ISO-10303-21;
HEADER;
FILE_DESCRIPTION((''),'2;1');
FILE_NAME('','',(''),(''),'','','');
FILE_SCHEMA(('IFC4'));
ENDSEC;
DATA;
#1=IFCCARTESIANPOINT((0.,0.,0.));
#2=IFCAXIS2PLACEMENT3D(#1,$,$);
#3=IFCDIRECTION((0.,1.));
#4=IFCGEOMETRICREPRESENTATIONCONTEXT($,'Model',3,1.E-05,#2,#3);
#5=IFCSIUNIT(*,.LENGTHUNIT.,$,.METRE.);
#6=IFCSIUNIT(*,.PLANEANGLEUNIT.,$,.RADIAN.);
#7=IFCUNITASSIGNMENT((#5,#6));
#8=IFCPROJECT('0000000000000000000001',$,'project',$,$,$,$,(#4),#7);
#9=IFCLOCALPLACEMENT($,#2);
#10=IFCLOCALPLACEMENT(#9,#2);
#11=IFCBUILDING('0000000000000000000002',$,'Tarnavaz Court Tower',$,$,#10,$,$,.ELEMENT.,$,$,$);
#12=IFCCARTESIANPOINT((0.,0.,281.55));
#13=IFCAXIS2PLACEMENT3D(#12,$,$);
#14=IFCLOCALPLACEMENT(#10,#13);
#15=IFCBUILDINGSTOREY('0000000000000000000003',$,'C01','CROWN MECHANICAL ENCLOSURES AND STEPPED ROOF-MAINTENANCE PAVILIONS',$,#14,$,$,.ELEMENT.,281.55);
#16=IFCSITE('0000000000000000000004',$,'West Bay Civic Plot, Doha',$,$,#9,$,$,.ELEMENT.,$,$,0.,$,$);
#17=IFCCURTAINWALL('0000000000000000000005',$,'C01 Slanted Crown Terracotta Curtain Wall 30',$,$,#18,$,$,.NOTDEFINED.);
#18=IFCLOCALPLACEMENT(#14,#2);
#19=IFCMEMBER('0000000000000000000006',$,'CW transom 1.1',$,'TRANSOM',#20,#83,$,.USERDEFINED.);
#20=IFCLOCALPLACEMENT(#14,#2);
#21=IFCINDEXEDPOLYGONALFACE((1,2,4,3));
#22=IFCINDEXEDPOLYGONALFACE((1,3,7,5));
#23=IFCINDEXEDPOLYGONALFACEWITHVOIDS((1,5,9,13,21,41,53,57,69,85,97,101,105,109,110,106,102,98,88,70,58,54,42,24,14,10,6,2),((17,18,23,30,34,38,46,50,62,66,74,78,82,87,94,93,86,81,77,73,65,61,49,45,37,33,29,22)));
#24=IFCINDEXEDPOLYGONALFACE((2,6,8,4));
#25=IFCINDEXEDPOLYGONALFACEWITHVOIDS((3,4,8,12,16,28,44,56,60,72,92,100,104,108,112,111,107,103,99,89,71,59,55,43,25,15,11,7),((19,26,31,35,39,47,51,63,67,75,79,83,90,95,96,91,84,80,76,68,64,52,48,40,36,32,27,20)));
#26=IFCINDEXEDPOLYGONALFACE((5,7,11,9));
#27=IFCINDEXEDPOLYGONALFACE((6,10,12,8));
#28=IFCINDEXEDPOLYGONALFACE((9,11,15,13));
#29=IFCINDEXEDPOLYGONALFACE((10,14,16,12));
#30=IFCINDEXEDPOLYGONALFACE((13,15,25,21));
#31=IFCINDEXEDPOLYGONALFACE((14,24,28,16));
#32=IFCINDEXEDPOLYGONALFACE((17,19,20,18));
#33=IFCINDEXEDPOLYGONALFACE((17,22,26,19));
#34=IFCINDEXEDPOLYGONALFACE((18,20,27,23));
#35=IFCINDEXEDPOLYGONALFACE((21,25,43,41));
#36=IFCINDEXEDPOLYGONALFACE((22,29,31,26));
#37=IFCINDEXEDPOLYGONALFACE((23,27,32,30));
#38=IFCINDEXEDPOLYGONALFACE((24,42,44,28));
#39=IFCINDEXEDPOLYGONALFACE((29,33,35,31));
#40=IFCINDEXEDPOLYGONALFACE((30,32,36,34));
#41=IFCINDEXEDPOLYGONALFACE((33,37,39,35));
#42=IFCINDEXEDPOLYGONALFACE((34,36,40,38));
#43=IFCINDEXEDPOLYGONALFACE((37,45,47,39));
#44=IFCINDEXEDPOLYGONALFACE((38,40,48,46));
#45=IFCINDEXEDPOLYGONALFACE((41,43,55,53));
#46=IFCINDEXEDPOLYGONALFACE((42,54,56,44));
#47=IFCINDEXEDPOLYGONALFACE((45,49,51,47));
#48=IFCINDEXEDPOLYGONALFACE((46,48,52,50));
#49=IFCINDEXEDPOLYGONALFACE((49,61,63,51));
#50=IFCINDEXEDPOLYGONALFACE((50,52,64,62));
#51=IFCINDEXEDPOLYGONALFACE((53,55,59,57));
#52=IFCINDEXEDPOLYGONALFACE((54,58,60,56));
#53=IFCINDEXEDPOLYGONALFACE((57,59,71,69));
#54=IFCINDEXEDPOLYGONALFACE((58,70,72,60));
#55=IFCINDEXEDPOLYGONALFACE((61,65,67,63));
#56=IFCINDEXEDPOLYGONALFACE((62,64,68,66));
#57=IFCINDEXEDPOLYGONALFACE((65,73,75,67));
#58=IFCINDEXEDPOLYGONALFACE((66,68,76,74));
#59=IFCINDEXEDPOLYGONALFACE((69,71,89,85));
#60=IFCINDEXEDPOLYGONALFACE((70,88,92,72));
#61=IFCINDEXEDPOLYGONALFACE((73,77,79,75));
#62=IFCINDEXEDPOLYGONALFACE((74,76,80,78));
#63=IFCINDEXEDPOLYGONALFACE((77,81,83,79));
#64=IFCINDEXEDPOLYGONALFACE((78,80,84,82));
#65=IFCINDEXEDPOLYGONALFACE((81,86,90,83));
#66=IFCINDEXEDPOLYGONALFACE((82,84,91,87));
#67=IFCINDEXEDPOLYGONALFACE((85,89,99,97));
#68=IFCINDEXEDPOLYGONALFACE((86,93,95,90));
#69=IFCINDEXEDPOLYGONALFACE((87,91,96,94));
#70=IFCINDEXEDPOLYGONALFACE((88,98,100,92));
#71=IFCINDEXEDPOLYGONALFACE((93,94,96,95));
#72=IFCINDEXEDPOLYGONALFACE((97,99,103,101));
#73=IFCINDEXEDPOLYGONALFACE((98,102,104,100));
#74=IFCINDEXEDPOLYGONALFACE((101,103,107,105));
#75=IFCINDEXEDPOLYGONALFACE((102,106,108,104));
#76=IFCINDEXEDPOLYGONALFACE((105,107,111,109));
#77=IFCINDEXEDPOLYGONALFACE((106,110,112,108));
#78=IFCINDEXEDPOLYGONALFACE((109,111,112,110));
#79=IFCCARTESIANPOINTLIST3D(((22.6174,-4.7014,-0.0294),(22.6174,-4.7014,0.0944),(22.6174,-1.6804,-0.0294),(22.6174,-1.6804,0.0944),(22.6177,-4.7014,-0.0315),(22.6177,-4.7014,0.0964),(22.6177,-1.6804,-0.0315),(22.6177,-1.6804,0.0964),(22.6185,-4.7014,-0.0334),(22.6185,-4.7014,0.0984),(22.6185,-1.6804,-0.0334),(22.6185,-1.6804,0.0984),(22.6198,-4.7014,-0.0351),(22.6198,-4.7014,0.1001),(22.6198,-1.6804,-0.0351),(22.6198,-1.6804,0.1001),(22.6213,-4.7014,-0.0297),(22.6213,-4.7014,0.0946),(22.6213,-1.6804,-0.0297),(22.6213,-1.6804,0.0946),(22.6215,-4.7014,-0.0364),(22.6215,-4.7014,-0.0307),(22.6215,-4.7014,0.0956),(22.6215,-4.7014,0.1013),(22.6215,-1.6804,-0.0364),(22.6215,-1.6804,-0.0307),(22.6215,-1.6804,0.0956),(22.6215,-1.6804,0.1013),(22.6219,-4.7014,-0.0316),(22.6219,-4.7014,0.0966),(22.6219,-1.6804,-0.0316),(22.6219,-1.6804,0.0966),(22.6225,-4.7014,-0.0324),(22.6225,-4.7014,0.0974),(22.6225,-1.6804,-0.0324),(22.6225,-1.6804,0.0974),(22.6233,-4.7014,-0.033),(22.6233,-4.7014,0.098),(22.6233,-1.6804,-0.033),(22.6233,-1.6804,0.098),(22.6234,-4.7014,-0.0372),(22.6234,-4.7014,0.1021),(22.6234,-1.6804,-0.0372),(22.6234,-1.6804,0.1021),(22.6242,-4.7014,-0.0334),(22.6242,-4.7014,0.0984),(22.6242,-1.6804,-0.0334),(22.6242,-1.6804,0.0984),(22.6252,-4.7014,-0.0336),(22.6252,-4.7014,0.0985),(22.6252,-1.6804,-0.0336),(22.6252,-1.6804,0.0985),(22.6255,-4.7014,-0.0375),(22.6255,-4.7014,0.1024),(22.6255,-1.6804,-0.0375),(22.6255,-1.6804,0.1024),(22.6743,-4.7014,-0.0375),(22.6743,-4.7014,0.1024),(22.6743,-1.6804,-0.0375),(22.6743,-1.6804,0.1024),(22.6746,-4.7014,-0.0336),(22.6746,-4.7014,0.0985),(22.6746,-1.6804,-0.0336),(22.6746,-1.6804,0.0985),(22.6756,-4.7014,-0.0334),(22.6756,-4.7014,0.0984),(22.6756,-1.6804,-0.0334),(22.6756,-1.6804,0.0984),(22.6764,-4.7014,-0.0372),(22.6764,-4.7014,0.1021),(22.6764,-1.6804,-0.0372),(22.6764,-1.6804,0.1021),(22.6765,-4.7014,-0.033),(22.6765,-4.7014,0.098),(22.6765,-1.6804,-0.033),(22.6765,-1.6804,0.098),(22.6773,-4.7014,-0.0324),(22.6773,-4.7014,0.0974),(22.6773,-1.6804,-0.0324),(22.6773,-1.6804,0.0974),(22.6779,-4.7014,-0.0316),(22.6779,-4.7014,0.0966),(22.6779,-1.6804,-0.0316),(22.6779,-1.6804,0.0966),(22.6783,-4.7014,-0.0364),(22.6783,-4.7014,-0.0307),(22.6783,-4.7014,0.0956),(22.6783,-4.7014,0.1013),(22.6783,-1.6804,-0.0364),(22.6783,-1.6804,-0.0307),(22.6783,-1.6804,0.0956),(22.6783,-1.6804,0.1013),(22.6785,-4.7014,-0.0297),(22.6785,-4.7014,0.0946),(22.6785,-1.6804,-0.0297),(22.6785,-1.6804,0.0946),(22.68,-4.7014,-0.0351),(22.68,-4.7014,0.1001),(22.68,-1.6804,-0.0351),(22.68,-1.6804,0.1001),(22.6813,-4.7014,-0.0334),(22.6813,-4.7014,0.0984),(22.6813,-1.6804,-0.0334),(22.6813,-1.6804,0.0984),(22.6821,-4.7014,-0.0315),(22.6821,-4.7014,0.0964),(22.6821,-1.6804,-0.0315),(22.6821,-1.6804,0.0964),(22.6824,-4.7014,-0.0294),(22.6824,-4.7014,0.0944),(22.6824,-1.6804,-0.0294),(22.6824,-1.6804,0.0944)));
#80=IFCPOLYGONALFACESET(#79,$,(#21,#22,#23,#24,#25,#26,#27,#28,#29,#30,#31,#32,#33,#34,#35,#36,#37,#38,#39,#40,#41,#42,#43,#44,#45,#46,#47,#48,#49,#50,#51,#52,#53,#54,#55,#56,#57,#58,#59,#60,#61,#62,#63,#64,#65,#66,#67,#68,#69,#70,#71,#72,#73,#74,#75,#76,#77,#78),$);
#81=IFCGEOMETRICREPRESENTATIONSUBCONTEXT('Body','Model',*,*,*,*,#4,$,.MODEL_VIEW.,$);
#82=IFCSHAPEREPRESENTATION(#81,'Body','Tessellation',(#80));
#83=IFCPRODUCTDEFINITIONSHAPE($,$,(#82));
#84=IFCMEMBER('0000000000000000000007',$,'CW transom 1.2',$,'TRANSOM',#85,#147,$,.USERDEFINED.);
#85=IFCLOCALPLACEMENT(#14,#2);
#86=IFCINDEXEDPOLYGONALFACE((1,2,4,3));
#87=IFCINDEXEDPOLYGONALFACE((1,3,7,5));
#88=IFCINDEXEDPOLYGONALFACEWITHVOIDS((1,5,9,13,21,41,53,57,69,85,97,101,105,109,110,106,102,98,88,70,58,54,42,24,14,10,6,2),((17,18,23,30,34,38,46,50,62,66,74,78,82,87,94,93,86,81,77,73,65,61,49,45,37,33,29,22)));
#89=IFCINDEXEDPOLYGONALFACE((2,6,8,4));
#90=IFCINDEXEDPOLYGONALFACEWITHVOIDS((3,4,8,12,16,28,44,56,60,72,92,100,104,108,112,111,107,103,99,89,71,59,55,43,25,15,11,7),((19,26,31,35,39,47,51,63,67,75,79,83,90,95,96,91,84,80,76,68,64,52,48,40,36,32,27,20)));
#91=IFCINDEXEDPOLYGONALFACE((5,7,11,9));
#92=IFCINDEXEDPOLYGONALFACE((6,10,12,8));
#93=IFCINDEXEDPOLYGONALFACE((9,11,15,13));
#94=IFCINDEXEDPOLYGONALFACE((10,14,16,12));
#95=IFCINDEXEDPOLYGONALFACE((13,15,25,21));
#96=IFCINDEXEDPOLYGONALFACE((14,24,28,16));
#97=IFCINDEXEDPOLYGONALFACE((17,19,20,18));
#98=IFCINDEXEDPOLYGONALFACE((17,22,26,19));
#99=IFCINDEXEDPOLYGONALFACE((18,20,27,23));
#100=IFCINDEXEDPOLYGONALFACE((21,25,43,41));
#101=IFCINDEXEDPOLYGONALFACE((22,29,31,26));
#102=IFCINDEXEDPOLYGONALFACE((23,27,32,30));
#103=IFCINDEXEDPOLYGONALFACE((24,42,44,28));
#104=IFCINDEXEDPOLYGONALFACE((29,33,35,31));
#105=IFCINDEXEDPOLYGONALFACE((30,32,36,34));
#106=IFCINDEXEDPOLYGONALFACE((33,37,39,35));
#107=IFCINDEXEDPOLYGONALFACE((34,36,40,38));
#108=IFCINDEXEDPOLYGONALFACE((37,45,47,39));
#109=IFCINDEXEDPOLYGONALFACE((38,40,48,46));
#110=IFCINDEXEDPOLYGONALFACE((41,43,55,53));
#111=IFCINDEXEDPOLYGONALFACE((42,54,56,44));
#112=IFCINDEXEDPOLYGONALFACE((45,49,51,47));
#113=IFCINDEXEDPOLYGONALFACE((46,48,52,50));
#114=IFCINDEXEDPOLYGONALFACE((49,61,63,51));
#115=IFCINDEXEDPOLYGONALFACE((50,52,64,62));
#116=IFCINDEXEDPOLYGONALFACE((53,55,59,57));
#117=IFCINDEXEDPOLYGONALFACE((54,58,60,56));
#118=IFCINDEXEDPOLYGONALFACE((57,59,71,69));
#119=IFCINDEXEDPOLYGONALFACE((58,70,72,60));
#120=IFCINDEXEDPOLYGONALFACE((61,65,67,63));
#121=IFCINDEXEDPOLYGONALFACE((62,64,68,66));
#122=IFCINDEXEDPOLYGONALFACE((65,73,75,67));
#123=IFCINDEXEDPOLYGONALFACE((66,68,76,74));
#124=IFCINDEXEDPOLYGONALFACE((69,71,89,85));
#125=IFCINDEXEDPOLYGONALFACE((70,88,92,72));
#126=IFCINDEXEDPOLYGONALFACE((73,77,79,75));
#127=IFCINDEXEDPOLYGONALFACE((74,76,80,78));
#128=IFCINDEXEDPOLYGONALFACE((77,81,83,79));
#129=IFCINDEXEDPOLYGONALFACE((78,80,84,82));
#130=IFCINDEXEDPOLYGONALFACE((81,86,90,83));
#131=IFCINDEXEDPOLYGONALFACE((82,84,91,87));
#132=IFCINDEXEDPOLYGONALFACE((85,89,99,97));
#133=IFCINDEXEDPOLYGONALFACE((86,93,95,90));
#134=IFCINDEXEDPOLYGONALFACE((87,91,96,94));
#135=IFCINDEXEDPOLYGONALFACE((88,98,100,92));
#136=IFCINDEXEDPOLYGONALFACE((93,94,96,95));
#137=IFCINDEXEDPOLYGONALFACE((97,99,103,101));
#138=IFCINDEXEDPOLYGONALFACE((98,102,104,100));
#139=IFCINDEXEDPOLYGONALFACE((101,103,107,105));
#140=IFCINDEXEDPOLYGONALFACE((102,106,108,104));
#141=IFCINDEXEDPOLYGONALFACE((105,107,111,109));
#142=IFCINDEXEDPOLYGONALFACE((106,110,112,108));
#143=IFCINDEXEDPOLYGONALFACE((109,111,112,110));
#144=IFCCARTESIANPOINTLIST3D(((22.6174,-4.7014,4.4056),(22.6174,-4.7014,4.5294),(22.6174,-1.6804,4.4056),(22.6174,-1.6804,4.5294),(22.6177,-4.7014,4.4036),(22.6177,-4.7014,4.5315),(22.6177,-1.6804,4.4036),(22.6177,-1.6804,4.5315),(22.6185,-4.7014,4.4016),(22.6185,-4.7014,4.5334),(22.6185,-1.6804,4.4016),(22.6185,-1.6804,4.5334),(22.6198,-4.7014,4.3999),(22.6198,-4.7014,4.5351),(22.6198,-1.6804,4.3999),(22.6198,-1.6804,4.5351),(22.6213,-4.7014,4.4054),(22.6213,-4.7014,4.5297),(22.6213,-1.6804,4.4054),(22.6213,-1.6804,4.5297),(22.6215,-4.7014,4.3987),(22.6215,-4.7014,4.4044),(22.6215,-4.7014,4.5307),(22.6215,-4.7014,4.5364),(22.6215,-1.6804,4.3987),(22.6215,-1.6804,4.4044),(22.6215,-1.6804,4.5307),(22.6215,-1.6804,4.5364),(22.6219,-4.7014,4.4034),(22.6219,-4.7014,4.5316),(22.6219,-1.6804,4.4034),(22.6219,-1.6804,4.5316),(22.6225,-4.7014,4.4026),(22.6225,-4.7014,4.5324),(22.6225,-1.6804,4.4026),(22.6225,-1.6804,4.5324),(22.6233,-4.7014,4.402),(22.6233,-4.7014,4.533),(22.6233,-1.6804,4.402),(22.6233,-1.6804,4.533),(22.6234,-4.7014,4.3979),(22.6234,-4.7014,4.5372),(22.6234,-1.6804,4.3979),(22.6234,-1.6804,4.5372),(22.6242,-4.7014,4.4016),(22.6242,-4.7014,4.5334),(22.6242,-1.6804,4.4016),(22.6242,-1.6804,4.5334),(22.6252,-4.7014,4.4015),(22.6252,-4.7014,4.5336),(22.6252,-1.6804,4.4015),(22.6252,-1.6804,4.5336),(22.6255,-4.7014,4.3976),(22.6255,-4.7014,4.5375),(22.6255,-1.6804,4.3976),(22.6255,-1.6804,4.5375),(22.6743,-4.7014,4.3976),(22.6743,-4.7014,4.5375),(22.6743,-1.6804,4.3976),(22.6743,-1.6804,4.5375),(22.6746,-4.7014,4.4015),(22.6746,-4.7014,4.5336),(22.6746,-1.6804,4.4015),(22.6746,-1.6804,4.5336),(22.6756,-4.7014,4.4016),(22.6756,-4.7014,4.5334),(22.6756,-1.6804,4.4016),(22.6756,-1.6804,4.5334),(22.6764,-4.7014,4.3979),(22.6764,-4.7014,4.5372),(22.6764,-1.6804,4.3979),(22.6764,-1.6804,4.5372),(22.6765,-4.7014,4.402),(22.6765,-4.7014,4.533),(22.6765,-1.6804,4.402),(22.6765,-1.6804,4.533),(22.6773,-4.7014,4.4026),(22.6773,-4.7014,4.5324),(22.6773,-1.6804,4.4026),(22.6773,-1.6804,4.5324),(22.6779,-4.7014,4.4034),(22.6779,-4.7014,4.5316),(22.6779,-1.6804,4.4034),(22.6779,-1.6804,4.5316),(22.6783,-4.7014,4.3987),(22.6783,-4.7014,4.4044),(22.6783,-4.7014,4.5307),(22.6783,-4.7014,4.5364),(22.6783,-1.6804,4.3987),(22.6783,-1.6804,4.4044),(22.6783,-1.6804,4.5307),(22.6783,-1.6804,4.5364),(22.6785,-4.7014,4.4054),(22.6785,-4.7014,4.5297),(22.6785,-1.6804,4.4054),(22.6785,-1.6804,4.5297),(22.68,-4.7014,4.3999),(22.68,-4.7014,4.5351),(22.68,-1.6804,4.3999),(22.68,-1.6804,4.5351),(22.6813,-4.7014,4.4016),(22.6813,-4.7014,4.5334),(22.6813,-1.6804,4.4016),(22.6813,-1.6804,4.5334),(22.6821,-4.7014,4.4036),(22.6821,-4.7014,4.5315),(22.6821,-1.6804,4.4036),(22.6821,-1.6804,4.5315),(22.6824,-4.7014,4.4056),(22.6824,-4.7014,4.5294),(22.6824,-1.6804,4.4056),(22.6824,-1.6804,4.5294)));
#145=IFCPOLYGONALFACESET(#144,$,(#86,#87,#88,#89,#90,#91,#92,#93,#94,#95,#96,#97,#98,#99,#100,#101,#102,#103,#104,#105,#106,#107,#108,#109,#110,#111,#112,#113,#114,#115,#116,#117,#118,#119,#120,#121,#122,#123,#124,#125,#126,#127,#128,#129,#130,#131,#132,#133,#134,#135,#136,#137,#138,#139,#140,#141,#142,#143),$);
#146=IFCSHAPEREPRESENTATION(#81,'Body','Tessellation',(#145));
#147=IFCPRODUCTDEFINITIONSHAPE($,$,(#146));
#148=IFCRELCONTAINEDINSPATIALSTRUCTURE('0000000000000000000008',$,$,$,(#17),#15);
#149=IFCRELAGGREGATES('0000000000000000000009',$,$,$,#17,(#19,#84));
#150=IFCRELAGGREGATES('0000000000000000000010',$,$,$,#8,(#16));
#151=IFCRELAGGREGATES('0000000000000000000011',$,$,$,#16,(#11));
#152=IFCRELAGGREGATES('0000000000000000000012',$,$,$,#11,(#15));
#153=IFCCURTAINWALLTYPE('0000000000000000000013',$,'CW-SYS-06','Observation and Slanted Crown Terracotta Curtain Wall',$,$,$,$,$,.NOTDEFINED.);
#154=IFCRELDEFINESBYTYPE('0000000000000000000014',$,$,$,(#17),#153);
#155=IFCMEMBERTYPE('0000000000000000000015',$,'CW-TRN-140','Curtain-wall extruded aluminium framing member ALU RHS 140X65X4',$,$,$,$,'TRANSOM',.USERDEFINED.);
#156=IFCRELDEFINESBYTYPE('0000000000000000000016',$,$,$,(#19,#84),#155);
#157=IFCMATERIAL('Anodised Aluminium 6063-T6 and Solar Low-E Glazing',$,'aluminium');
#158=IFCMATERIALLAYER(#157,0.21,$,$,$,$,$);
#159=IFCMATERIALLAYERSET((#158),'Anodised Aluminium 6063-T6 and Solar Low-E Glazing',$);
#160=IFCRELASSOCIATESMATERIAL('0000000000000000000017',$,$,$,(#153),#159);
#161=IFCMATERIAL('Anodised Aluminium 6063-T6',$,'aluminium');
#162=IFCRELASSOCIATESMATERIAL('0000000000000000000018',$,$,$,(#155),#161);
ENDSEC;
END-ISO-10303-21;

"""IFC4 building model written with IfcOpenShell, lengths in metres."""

from ifc_helpers import new_model, si_unit, direction, frame, origin, origin_2d, place, context, subcontext, project, spatial, hollow_rectangle, extrude, material, layer, layer_set, material_profile, profile_set, type_object, element, aggregate, save


model = new_model("IFC4")

# Units and contexts
model_context = context("Model", 3, precision=1e-05, world=origin(), true_north=direction((0.0, 1.0)))
body_context = subcontext(model_context, "Body", "Model", "MODEL_VIEW")
ifc_project = project(units=[si_unit("LENGTHUNIT", "METRE"), si_unit("PLANEANGLEUNIT", "RADIAN")], contexts=[model_context])

# Site, building, storey
site_placement = place(None, origin())
site = spatial("IfcSite", under=ifc_project, at=site_placement, Name="West Bay Civic Plot, Doha", CompositionType="ELEMENT", RefElevation=0.0)
building_placement = place(site_placement, origin())
building = spatial("IfcBuilding", under=site, at=building_placement, Name="Tarnavaz Court Tower", CompositionType="ELEMENT")
storey_placement = place(building_placement, frame((0.0, 0.0, 281.55)))
storey = spatial("IfcBuildingStorey", under=building, at=storey_placement, Name="C01", Description="CROWN MECHANICAL ENCLOSURES AND STEPPED ROOF-MAINTENANCE PAVILIONS", CompositionType="ELEMENT", Elevation=281.55)

# Curtain wall
ifc_material_1 = material(Name="Anodised Aluminium 6063-T6 and Solar Low-E Glazing", Category="aluminium")
ifc_layer_1 = layer(ifc_material_1, 0.21)
ifc_layer_set_1 = layer_set([ifc_layer_1], Name="Anodised Aluminium 6063-T6 and Solar Low-E Glazing")
curtain_wall_type = type_object("IfcCurtainWallType", Name="CW-SYS-06", Description="Observation and Slanted Crown Terracotta Curtain Wall", PredefinedType="NOTDEFINED", material=ifc_layer_set_1)
ifc_material_2 = material(Name="Anodised Aluminium 6063-T6", Category="aluminium")
curtain_wall_1_placement = place(storey_placement, origin())
curtain_wall_1 = element("IfcCurtainWall", 1, at=curtain_wall_1_placement, inside=storey, type_object=curtain_wall_type, Name="C01 Slanted Crown Terracotta Curtain Wall 30", PredefinedType="NOTDEFINED")

# Members
ifc_material_profile_1 = material_profile(ifc_material_2, hollow_rectangle(XDim=0.0649, YDim=0.1399, WallThickness=0.0039, InnerFilletRadius=0.0039, OuterFilletRadius=0.0081, at=origin_2d()), Name="ALU RHS 140X65X4")
ifc_profile_set_1 = profile_set([ifc_material_profile_1], Name="Anodised Aluminium 6063-T6")
member_type_1 = type_object("IfcMemberType", Name="CW-TRN-140", Description="Curtain-wall extruded aluminium framing member ALU RHS 140X65X4", ElementType="TRANSOM", PredefinedType="USERDEFINED", material=ifc_profile_set_1)
member_1_placement = place(storey_placement, frame((22.6499, -1.6804, 0.0325), z_axis=(0.0, -1.0, 0.0), x_axis=(1.0, 0.0, 0.0)))
member_1 = element("IfcMember", 2, at=member_1_placement, type_object=member_type_1, Name="CW transom 1.1", ObjectType="TRANSOM", PredefinedType="USERDEFINED", context=body_context, shape_type="SweptSolid", body=[
    extrude(hollow_rectangle(XDim=0.0649, YDim=0.1399, WallThickness=0.0039, InnerFilletRadius=0.0039, OuterFilletRadius=0.0081, at=origin_2d()), origin(), (0.0, 0.0, 1.0), 3.021),
])
member_2_placement = place(storey_placement, frame((22.6499, -1.6804, 4.4675), z_axis=(0.0, -1.0, 0.0), x_axis=(1.0, 0.0, 0.0)))
member_2 = element("IfcMember", 3, at=member_2_placement, type_object=member_type_1, Name="CW transom 1.2", ObjectType="TRANSOM", PredefinedType="USERDEFINED", context=body_context, shape_type="SweptSolid", body=[
    extrude(hollow_rectangle(XDim=0.0649, YDim=0.1399, WallThickness=0.0039, InnerFilletRadius=0.0039, OuterFilletRadius=0.0081, at=origin_2d()), origin(), (0.0, 0.0, 1.0), 3.021),
])

aggregate(curtain_wall_1, [member_1, member_2])

save(model, "model.ifc")
